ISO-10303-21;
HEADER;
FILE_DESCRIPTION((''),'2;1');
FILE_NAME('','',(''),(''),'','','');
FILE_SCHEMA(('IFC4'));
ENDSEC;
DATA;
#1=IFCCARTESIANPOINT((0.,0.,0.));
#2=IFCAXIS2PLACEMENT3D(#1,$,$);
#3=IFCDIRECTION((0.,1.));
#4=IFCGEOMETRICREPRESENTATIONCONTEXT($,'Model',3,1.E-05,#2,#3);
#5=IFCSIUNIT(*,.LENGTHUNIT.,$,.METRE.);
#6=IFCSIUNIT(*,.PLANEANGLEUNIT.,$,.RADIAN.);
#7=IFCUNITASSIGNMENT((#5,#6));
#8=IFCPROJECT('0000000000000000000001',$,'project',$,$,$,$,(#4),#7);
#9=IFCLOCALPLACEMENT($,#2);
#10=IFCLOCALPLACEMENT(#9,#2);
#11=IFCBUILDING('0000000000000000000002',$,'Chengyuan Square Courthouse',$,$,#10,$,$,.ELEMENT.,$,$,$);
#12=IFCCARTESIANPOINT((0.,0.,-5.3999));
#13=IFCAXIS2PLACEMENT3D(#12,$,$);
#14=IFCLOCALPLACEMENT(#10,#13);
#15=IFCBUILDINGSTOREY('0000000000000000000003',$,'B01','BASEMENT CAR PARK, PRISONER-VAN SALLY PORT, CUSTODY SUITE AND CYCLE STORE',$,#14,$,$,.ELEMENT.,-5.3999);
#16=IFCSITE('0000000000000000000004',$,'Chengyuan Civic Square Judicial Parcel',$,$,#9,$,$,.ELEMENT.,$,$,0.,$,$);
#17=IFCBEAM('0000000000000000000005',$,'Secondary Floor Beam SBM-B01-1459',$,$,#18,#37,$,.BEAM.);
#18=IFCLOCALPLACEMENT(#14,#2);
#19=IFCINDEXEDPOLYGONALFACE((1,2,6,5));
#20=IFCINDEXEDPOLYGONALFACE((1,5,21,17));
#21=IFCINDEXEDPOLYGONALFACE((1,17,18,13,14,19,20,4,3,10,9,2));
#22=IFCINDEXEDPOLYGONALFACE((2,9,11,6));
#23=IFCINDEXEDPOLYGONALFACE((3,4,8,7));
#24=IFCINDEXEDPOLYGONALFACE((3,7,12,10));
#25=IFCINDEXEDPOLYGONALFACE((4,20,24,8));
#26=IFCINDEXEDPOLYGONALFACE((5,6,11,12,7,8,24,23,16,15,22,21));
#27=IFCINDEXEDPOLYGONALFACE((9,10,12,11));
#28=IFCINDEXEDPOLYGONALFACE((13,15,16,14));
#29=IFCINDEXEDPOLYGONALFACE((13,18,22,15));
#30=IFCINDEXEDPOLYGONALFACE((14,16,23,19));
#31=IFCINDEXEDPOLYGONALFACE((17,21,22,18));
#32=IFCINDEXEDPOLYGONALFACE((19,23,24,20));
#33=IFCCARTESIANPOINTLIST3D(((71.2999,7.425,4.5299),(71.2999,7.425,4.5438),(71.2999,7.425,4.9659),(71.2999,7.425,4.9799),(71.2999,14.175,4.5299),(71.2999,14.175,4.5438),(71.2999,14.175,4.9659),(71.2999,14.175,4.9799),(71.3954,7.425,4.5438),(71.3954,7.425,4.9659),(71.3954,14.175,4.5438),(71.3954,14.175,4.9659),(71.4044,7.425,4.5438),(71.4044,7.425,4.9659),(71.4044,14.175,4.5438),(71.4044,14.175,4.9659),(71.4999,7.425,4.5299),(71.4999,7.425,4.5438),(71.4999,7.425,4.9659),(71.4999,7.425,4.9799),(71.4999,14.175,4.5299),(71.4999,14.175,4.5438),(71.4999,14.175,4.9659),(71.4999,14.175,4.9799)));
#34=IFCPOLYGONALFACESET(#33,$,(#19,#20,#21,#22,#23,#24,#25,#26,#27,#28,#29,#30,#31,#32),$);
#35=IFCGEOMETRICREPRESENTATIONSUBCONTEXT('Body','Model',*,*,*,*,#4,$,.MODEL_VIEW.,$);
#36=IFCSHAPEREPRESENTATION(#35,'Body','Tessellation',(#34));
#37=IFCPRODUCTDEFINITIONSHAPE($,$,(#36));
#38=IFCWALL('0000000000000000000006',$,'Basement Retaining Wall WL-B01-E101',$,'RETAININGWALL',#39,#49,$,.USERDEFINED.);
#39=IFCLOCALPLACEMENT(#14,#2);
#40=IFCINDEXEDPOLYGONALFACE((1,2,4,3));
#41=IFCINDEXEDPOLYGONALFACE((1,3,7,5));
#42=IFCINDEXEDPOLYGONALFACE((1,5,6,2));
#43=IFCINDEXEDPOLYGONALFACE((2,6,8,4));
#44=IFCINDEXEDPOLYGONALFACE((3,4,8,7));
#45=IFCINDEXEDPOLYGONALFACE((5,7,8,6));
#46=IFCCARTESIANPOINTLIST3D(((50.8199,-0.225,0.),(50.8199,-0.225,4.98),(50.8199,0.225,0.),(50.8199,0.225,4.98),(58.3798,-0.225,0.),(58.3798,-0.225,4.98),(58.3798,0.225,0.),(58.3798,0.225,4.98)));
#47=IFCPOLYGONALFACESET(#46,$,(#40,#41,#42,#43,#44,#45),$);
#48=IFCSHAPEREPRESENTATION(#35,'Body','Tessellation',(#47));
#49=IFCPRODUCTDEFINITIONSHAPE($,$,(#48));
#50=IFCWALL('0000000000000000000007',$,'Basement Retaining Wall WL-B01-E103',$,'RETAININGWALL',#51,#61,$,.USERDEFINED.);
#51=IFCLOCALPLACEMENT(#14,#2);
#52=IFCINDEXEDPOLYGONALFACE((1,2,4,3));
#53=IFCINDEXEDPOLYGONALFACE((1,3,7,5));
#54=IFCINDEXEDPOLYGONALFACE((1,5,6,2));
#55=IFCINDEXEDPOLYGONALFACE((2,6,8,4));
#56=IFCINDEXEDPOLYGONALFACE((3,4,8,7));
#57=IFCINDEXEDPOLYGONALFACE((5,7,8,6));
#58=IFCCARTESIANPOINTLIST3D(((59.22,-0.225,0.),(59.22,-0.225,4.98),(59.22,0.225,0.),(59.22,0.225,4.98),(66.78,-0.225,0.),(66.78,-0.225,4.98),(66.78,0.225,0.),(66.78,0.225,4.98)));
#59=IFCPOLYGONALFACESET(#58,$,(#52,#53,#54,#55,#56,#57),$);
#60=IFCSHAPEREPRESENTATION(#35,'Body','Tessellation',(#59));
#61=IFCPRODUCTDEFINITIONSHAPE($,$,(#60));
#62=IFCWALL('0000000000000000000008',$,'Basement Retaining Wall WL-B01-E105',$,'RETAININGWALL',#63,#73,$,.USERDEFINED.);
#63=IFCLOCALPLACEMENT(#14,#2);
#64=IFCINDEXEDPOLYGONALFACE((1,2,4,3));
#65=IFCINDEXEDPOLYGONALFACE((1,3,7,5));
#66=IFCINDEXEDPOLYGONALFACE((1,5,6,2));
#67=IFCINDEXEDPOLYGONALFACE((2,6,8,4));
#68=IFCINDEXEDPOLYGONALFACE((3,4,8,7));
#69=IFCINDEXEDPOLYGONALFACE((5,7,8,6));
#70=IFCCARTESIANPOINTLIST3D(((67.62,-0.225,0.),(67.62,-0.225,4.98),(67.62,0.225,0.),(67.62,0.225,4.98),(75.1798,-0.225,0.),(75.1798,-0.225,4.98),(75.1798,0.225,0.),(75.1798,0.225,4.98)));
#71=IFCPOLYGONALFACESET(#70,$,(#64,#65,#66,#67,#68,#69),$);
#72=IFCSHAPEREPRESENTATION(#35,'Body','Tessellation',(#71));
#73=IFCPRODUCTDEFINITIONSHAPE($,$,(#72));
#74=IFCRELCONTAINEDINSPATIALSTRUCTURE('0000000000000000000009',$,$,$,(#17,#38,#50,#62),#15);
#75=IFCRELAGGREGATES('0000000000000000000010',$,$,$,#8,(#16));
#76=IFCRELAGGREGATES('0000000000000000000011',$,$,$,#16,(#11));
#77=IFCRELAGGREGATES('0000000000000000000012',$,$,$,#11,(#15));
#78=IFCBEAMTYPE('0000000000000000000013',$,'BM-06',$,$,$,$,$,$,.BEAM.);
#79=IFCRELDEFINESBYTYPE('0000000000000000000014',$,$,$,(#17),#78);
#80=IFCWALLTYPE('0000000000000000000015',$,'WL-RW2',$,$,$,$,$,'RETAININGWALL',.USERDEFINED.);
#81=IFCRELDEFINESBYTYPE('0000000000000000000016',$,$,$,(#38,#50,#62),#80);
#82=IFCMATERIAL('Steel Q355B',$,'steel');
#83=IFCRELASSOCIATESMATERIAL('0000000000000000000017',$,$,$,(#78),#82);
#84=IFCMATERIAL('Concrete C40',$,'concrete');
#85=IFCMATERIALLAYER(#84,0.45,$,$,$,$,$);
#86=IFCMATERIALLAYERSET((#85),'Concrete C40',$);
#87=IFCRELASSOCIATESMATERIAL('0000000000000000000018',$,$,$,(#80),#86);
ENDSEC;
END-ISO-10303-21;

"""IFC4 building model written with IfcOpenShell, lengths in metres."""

from ifc_helpers import new_model, si_unit, direction, frame, frame_2d, origin, origin_2d, place, context, subcontext, project, spatial, rectangle, i_section, extrude, material, layer, layer_set, material_profile, profile_set, type_object, element, save


model = new_model("IFC4")

# Units and contexts
model_context = context("Model", 3, precision=1e-05, world=origin(), true_north=direction((0.0, 1.0)))
body_context = subcontext(model_context, "Body", "Model", "MODEL_VIEW")
ifc_project = project(units=[si_unit("LENGTHUNIT", "METRE"), si_unit("PLANEANGLEUNIT", "RADIAN")], contexts=[model_context])

# Site, building, storey
site_placement = place(None, origin())
site = spatial("IfcSite", under=ifc_project, at=site_placement, Name="Chengyuan Civic Square Judicial Parcel", CompositionType="ELEMENT", RefElevation=0.0)
building_placement = place(site_placement, origin())
building = spatial("IfcBuilding", under=site, at=building_placement, Name="Chengyuan Square Courthouse", CompositionType="ELEMENT")
storey_placement = place(building_placement, frame((0.0, 0.0, -5.3999)))
storey = spatial("IfcBuildingStorey", under=building, at=storey_placement, Name="B01", Description="BASEMENT CAR PARK, PRISONER-VAN SALLY PORT, CUSTODY SUITE AND CYCLE STORE", CompositionType="ELEMENT", Elevation=-5.3999)

# Beam
ifc_material_1 = material(Name="Concrete C40", Category="concrete")
ifc_material_2 = material(Name="Steel Q355B", Category="steel")
ifc_material_profile_1 = material_profile(ifc_material_2, i_section(OverallWidth=0.2, OverallDepth=0.45, WebThickness=0.009, FlangeThickness=0.0139, at=origin_2d()), Name="HN 450x200x9x14")
ifc_profile_set_1 = profile_set([ifc_material_profile_1], Name="Steel Q355B")
beam_type_1 = type_object("IfcBeamType", Name="BM-06", PredefinedType="BEAM", material=ifc_profile_set_1)
for number, where, z_axis, x_axis, name in (
    (1, (71.3999, 7.425, 4.7549), (0.0, 1.0, 0.0), (-1.0, 0.0, 0.0), "Secondary Floor Beam SBM-B01-1459"),
):
    element("IfcBeam", number, at=place(storey_placement, frame(where, z_axis=z_axis, x_axis=x_axis)), inside=storey, type_object=beam_type_1, Name=name, PredefinedType="BEAM", context=body_context, shape_type="SweptSolid", body=[
        extrude(i_section(OverallWidth=0.2, OverallDepth=0.45, WebThickness=0.009, FlangeThickness=0.0139, at=origin_2d()), origin(), (0.0, 0.0, 1.0), 6.75),
    ])

# Walls
ifc_layer = layer(ifc_material_1, 0.45)
ifc_layer_set = layer_set([ifc_layer], Name="Concrete C40")
wall_type = type_object("IfcWallType", Name="WL-RW2", ElementType="RETAININGWALL", PredefinedType="USERDEFINED", material=ifc_layer_set)
wall_1_placement = place(storey_placement, frame((50.8201, 0.0, 0.0), z_axis=(0.0, 0.0, 1.0), x_axis=(1.0, 0.0, 0.0)))
element("IfcWall", 2, at=wall_1_placement, inside=storey, type_object=wall_type, Name="Basement Retaining Wall WL-B01-E101", ObjectType="RETAININGWALL", PredefinedType="USERDEFINED", context=body_context, shape_type="SweptSolid", body=[
    extrude(rectangle(XDim=7.5598, YDim=0.45, at=frame_2d((3.7798, 0.0))), origin(), (0.0, 0.0, 1.0), 4.98),
])
wall_2_placement = place(storey_placement, frame((59.22, 0.0, 0.0), z_axis=(0.0, 0.0, 1.0), x_axis=(1.0, 0.0, 0.0)))
element("IfcWall", 3, at=wall_2_placement, inside=storey, type_object=wall_type, Name="Basement Retaining Wall WL-B01-E103", ObjectType="RETAININGWALL", PredefinedType="USERDEFINED", context=body_context, shape_type="SweptSolid", body=[
    extrude(rectangle(XDim=7.5601, YDim=0.45, at=frame_2d((3.78, 0.0))), origin(), (0.0, 0.0, 1.0), 4.98),
])
wall_3_placement = place(storey_placement, frame((67.6201, 0.0, 0.0), z_axis=(0.0, 0.0, 1.0), x_axis=(1.0, 0.0, 0.0)))
element("IfcWall", 4, at=wall_3_placement, inside=storey, type_object=wall_type, Name="Basement Retaining Wall WL-B01-E105", ObjectType="RETAININGWALL", PredefinedType="USERDEFINED", context=body_context, shape_type="SweptSolid", body=[
    extrude(rectangle(XDim=7.5598, YDim=0.45, at=frame_2d((3.7798, 0.0))), origin(), (0.0, 0.0, 1.0), 4.98),
])

save(model, "model.ifc")
